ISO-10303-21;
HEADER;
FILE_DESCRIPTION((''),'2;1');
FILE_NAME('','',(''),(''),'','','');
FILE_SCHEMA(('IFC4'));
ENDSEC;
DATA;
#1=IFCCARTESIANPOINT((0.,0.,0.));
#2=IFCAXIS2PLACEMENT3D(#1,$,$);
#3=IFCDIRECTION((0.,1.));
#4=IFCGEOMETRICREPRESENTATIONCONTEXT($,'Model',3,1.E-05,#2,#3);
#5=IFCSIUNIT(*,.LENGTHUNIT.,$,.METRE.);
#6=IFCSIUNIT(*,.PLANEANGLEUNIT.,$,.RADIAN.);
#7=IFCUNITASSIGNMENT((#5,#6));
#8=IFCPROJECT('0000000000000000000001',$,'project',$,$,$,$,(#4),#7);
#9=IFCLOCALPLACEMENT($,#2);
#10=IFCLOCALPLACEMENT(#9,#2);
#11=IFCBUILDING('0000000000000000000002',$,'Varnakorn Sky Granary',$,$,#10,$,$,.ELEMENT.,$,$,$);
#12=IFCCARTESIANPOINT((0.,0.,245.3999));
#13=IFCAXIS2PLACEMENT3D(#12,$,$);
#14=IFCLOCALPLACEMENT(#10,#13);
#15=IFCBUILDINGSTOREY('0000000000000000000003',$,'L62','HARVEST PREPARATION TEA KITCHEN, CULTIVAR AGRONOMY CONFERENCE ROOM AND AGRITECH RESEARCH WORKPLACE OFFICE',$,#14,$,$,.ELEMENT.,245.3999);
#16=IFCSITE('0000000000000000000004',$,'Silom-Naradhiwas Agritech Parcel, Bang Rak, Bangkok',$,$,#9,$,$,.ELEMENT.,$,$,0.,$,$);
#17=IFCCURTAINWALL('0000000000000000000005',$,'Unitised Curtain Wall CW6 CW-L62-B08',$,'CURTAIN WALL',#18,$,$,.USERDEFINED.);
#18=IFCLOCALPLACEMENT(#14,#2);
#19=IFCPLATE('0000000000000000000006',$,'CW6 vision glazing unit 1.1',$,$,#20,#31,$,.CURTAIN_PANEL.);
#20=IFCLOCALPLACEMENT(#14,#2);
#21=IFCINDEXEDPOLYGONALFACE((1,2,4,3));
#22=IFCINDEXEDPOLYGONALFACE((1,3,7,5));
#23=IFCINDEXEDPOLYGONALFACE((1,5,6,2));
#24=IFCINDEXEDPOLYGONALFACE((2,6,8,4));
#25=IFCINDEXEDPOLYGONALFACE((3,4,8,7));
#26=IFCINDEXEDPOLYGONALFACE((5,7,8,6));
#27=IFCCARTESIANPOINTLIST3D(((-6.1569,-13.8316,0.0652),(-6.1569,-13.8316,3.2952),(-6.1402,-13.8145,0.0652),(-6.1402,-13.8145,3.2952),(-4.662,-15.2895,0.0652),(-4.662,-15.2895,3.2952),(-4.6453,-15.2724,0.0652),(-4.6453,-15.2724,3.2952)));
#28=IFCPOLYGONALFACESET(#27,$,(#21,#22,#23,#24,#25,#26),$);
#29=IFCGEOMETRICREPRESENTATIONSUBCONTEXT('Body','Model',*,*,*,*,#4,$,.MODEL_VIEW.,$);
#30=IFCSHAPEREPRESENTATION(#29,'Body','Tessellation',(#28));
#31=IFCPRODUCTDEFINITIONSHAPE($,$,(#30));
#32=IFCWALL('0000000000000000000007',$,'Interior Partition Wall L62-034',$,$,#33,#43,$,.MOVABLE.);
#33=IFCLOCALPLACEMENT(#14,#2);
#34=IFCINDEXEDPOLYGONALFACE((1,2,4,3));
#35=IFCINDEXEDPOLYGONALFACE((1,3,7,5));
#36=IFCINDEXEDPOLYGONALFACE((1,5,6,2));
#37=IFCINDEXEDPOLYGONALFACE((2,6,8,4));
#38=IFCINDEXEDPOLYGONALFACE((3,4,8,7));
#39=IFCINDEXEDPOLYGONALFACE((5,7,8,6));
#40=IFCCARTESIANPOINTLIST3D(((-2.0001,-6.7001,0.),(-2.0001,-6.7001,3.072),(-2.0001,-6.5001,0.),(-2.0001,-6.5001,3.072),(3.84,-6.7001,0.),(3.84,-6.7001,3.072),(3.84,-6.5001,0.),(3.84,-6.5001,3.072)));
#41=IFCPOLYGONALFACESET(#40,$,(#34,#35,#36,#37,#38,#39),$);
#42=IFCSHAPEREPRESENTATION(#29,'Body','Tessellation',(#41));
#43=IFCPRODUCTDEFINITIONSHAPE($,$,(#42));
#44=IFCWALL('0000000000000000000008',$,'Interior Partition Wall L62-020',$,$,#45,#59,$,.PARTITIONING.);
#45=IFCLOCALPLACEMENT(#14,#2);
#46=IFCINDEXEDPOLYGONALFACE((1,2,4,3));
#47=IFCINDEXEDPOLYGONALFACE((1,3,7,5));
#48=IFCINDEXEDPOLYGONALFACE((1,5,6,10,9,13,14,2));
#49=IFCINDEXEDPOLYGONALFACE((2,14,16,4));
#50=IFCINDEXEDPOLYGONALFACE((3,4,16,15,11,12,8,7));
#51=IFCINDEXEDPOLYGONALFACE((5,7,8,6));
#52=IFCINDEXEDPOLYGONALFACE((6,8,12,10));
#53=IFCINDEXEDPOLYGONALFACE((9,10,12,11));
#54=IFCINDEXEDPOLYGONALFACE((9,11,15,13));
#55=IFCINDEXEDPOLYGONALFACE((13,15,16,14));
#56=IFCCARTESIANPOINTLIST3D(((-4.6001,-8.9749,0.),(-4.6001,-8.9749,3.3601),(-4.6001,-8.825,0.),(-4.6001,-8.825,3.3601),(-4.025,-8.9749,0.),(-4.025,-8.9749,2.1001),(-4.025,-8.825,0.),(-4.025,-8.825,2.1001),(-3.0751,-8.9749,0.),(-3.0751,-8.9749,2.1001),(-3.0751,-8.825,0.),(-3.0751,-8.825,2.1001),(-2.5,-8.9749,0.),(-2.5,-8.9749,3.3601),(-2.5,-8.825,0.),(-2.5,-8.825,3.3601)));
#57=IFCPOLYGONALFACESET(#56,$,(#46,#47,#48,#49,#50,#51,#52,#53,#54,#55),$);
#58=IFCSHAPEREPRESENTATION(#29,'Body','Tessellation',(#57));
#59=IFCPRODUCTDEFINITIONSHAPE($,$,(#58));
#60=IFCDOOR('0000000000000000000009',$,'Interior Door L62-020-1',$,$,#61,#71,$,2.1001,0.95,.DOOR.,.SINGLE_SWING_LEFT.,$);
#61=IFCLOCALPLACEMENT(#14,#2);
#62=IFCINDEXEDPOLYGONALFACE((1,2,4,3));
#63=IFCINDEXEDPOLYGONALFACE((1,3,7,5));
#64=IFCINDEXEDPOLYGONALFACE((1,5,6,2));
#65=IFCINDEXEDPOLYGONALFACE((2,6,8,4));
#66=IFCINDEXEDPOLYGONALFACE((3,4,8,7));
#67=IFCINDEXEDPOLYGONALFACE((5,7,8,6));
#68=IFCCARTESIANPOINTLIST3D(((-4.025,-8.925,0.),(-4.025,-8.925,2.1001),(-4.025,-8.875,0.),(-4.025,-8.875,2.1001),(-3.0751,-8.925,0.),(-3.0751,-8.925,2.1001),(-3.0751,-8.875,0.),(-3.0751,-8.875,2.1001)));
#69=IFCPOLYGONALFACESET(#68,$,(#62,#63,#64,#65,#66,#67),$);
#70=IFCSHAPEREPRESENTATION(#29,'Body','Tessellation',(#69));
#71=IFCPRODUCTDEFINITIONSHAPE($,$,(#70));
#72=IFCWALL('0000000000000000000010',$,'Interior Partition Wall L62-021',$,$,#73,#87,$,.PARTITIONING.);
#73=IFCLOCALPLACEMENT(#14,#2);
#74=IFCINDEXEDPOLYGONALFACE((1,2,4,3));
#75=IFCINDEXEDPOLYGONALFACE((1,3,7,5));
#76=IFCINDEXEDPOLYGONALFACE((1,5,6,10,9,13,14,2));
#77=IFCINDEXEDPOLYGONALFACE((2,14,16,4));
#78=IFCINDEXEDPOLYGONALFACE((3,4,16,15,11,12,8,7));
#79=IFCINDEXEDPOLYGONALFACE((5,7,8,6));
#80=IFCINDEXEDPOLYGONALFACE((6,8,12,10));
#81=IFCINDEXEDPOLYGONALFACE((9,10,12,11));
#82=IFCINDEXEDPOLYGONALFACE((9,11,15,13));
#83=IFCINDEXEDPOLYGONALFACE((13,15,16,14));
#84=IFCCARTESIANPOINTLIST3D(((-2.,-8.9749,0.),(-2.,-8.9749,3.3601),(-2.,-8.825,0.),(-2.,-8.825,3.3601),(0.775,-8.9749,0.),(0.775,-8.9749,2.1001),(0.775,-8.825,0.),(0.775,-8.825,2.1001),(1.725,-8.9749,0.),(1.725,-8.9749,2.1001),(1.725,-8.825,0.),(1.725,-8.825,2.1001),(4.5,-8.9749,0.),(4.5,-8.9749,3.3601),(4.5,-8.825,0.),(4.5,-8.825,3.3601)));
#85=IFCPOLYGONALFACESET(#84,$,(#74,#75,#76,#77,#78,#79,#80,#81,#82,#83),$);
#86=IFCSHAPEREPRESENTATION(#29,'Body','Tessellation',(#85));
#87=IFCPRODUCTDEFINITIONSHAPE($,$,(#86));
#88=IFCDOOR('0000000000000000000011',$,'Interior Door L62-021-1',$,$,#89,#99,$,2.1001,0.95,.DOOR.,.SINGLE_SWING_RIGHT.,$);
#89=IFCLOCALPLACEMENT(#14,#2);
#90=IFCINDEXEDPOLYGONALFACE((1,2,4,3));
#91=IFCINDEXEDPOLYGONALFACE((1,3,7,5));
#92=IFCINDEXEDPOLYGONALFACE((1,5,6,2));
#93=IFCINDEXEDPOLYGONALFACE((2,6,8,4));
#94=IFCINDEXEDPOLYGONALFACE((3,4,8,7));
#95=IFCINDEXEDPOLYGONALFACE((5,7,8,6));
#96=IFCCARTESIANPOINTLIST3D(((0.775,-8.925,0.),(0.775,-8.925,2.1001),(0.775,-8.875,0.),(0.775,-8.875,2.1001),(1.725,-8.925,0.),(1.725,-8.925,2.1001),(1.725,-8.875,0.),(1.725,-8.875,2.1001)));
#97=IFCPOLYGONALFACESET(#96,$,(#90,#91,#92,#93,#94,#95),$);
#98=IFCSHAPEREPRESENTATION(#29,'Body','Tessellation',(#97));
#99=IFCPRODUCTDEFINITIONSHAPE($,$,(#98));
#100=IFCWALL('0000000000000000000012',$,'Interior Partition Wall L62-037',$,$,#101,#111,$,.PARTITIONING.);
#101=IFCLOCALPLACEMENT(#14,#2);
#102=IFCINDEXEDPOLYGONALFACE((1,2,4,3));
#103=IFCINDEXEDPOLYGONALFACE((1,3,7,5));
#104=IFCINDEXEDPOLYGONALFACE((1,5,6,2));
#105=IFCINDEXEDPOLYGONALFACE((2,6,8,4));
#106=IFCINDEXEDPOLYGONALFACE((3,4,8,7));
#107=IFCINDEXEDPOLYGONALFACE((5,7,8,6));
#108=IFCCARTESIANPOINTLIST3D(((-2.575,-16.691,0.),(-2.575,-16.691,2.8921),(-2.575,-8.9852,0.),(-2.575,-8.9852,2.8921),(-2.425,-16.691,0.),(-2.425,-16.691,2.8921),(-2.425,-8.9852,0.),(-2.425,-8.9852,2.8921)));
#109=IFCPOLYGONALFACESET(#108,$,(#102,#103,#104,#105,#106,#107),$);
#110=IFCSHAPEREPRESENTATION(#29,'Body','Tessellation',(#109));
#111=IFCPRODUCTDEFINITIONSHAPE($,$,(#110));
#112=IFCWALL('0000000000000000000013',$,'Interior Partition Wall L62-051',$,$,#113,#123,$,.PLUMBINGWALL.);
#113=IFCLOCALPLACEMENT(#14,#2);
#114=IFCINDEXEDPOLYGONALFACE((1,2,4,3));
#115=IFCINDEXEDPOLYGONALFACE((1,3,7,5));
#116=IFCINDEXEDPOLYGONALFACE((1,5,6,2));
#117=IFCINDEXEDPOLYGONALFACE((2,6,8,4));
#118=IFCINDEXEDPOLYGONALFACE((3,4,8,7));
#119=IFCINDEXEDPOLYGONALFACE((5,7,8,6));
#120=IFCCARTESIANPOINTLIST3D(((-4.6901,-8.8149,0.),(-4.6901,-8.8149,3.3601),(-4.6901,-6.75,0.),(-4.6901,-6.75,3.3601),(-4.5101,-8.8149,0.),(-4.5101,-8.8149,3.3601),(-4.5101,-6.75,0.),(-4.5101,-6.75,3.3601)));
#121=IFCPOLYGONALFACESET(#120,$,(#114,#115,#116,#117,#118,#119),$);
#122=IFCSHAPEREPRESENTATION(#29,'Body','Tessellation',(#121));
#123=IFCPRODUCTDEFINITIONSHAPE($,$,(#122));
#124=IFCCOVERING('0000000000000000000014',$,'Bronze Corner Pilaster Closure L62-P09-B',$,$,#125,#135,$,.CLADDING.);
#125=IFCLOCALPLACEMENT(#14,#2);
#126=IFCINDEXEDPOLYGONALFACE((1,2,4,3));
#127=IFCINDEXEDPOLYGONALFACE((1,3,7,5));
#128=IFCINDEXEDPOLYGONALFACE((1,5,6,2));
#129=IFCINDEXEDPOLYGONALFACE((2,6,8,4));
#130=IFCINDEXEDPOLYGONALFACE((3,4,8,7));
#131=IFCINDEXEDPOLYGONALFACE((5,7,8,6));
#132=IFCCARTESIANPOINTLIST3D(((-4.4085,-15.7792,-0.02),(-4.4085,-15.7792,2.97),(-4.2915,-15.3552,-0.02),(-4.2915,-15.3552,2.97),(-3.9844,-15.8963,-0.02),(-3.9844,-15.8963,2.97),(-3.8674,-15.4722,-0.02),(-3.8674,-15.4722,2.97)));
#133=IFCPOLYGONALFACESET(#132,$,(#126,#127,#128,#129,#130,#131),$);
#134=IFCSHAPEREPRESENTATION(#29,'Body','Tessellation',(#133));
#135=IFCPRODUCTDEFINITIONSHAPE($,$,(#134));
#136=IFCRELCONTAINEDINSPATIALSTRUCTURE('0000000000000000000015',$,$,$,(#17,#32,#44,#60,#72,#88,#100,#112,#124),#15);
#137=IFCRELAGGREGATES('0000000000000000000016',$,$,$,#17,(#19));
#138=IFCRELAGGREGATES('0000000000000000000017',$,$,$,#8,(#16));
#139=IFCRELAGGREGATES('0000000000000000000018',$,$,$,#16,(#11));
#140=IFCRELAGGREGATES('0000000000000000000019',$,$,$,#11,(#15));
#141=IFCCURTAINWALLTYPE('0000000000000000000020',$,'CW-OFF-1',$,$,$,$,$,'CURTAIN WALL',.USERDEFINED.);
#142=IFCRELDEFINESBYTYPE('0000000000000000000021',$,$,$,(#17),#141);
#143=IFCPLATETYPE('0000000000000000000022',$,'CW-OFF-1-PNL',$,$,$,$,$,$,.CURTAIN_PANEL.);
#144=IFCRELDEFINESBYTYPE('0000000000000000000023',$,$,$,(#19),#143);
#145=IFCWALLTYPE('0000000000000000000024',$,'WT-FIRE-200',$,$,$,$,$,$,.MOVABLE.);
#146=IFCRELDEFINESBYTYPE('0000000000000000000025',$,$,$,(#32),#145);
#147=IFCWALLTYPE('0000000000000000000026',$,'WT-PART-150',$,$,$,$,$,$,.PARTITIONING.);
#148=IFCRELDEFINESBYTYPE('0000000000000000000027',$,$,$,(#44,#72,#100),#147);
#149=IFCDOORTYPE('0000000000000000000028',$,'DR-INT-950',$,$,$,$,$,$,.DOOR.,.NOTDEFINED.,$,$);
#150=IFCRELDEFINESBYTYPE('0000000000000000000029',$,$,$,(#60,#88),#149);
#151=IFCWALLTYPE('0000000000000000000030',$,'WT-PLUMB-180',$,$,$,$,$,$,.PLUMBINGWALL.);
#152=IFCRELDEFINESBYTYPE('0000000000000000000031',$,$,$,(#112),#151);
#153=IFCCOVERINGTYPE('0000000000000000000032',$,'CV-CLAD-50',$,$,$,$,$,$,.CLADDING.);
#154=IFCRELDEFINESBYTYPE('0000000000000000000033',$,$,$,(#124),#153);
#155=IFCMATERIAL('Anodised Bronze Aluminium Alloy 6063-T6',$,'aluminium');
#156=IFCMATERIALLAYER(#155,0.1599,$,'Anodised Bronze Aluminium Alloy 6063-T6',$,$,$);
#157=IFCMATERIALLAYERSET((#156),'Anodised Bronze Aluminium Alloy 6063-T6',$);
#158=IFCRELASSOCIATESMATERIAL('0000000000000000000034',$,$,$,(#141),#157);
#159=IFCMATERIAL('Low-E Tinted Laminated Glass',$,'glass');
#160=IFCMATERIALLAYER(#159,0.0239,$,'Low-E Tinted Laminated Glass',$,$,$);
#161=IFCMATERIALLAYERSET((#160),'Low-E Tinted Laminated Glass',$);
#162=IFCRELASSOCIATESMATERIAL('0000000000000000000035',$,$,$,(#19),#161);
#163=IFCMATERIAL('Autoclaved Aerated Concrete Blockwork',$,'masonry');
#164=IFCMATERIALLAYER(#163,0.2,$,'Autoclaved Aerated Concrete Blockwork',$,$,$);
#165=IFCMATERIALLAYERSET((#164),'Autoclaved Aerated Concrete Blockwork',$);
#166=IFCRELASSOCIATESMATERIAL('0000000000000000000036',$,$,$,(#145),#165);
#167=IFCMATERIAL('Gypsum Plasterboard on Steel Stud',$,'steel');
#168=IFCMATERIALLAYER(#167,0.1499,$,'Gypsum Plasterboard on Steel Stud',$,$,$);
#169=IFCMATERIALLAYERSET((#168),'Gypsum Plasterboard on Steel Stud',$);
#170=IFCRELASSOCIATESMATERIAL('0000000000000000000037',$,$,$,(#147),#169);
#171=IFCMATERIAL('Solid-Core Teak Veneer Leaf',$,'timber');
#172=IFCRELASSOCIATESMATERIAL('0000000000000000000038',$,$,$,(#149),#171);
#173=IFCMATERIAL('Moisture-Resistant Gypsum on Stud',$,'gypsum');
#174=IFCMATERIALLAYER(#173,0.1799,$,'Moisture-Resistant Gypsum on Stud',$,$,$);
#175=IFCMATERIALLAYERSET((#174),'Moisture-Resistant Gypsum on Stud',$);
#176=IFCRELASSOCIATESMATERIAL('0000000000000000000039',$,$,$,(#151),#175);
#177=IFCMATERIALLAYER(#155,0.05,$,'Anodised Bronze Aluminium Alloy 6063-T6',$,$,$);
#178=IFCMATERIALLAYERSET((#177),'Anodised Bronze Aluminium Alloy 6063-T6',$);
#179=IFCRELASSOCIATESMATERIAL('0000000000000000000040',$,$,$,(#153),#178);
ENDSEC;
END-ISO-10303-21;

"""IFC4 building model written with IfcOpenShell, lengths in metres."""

from ifc_helpers import new_model, si_unit, direction, frame, frame_2d, origin, origin_2d, place, context, subcontext, project, spatial, rectangle, extrude, source, transform, mapped, material, layer, layer_set, type_object, type_shapes, element, fill, aggregate, save


model = new_model("IFC4")

# Units and contexts
model_context = context("Model", 3, precision=1e-05, world=origin(), true_north=direction((0.0, 1.0)))
body_context = subcontext(model_context, "Body", "Model", "MODEL_VIEW")
ifc_project = project(units=[si_unit("LENGTHUNIT", "METRE"), si_unit("PLANEANGLEUNIT", "RADIAN")], contexts=[model_context])

# Site, building, storey
site_placement = place(None, origin())
site = spatial("IfcSite", under=ifc_project, at=site_placement, Name="Silom-Naradhiwas Agritech Parcel, Bang Rak, Bangkok", CompositionType="ELEMENT", RefElevation=0.0)
building_placement = place(site_placement, origin())
building = spatial("IfcBuilding", under=site, at=building_placement, Name="Varnakorn Sky Granary", CompositionType="ELEMENT")
storey_placement = place(building_placement, frame((0.0, 0.0, 245.3999)))
storey = spatial("IfcBuildingStorey", under=building, at=storey_placement, Name="L62", Description="HARVEST PREPARATION TEA KITCHEN, CULTIVAR AGRONOMY CONFERENCE ROOM AND AGRITECH RESEARCH WORKPLACE OFFICE", CompositionType="ELEMENT", Elevation=245.3999)

# Curtain wall
ifc_material_1 = material(Name="Anodised Bronze Aluminium Alloy 6063-T6", Category="aluminium")
ifc_layer_1 = layer(ifc_material_1, 0.1599, Name="Anodised Bronze Aluminium Alloy 6063-T6")
ifc_layer_set_1 = layer_set([ifc_layer_1], Name="Anodised Bronze Aluminium Alloy 6063-T6")
curtain_wall_type = type_object("IfcCurtainWallType", Name="CW-OFF-1", ElementType="CURTAIN WALL", PredefinedType="USERDEFINED", material=ifc_layer_set_1)
curtain_wall_placement = place(storey_placement, origin())
curtain_wall = element("IfcCurtainWall", 1, at=curtain_wall_placement, inside=storey, type_object=curtain_wall_type, Name="Unitised Curtain Wall CW6 CW-L62-B08", ObjectType="CURTAIN WALL", PredefinedType="USERDEFINED")

# Plate
ifc_material_2 = material(Name="Low-E Tinted Laminated Glass", Category="glass")
ifc_layer_2 = layer(ifc_material_2, 0.0239, Name="Low-E Tinted Laminated Glass")
ifc_layer_set_2 = layer_set([ifc_layer_2], Name="Low-E Tinted Laminated Glass")
plate_type = type_object("IfcPlateType", Name="CW-OFF-1-PNL", PredefinedType="CURTAIN_PANEL")
shared_shape_1 = source(origin(), body_context, "Body", "SweptSolid", [
    extrude(rectangle(XDim=2.0881, YDim=0.0239, at=origin_2d()), origin(), (0.0, 0.0, 1.0), 3.23),
])
type_shapes(plate_type, [shared_shape_1])
plate_placement = place(storey_placement, frame((-5.4011, -14.552, 0.0652), z_axis=(0.0, 0.0, 1.0), x_axis=(-0.715922, 0.698181, 0.0)))
plate = element("IfcPlate", 2, at=plate_placement, type_object=plate_type, material=ifc_layer_set_2, Name="CW6 vision glazing unit 1.1", PredefinedType="CURTAIN_PANEL", context=body_context, shape_type="MappedRepresentation", body=[
    mapped(shared_shape_1, transform((0.0, 0.0, 0.0), x_axis=(1.0, 0.0, 0.0), y_axis=(0.0, 1.0, 0.0), z_axis=(0.0, 0.0, 1.0), scale=1.0)),
])
aggregate(curtain_wall, [plate])

# Wall
ifc_material_3 = material(Name="Autoclaved Aerated Concrete Blockwork", Category="masonry")
ifc_layer_3 = layer(ifc_material_3, 0.2, Name="Autoclaved Aerated Concrete Blockwork")
ifc_layer_set_3 = layer_set([ifc_layer_3], Name="Autoclaved Aerated Concrete Blockwork")
wall_type_1 = type_object("IfcWallType", Name="WT-FIRE-200", PredefinedType="MOVABLE", material=ifc_layer_set_3)
wall_1_placement = place(storey_placement, frame((-2.0, -6.6001, 0.0), z_axis=(0.0, 0.0, 1.0), x_axis=(1.0, 0.0, 0.0)))
element("IfcWall", 3, at=wall_1_placement, inside=storey, type_object=wall_type_1, Name="Interior Partition Wall L62-034", PredefinedType="MOVABLE", context=body_context, shape_type="SweptSolid", body=[
    extrude(rectangle(XDim=5.8401, YDim=0.2, at=frame_2d((2.9199, 0.0))), origin(), (0.0, 0.0, 1.0), 3.072),
])

# Walls, openings, doors
ifc_material_4 = material(Name="Gypsum Plasterboard on Steel Stud", Category="steel")
ifc_layer_4 = layer(ifc_material_4, 0.1499, Name="Gypsum Plasterboard on Steel Stud")
ifc_layer_set_4 = layer_set([ifc_layer_4], Name="Gypsum Plasterboard on Steel Stud")
wall_type_2 = type_object("IfcWallType", Name="WT-PART-150", PredefinedType="PARTITIONING", material=ifc_layer_set_4)
wall_2_placement = place(storey_placement, frame((-4.6001, -8.8999, 0.0), z_axis=(0.0, 0.0, 1.0), x_axis=(1.0, 0.0, 0.0)))
wall_2 = element("IfcWall", 4, at=wall_2_placement, inside=storey, type_object=wall_type_2, Name="Interior Partition Wall L62-020", PredefinedType="PARTITIONING", context=body_context, shape_type="SweptSolid", body=[
    extrude(rectangle(XDim=2.1001, YDim=0.1499, at=frame_2d((1.05, 0.0))), origin(), (0.0, 0.0, 1.0), 3.3601),
])
opening_1_placement = place(wall_2_placement, frame((0.575, 0.0, 0.0)))
opening_1 = element("IfcOpeningElement", 5, at=opening_1_placement, cuts=wall_2, PredefinedType="OPENING", context=body_context, shape_type="SweptSolid", body=[
    extrude(rectangle(XDim=0.95, YDim=2.1001, at=frame_2d((0.4751, 1.05))), frame((0.0, 0.085, 0.0), z_axis=(0.0, -1.0, 0.0), x_axis=(1.0, 0.0, 0.0)), (0.0, 0.0, 1.0), 0.1699),
])
ifc_material_5 = material(Name="Solid-Core Teak Veneer Leaf", Category="timber")
door_type = type_object("IfcDoorType", Name="DR-INT-950", OperationType="NOTDEFINED", PredefinedType="DOOR", material=ifc_material_5)
door_1_placement = place(opening_1_placement, origin())
door_1 = element("IfcDoor", 6, at=door_1_placement, inside=storey, type_object=door_type, Name="Interior Door L62-020-1", OperationType="SINGLE_SWING_LEFT", OverallHeight=2.1001, OverallWidth=0.95, PredefinedType="DOOR", context=body_context, shape_type="SweptSolid", body=[
    extrude(rectangle(XDim=0.95, YDim=2.1001, at=frame_2d((0.4751, 1.05))), frame((0.0, 0.0249, 0.0), z_axis=(0.0, -1.0, 0.0), x_axis=(1.0, 0.0, 0.0)), (0.0, 0.0, 1.0), 0.05),
])
fill(opening_1, door_1)
wall_3_placement = place(storey_placement, frame((-2.0, -8.8999, 0.0), z_axis=(0.0, 0.0, 1.0), x_axis=(1.0, 0.0, 0.0)))
wall_3 = element("IfcWall", 7, at=wall_3_placement, inside=storey, type_object=wall_type_2, Name="Interior Partition Wall L62-021", PredefinedType="PARTITIONING", context=body_context, shape_type="SweptSolid", body=[
    extrude(rectangle(XDim=6.5, YDim=0.1499, at=frame_2d((3.25, 0.0))), origin(), (0.0, 0.0, 1.0), 3.3601),
])
opening_2_placement = place(wall_3_placement, frame((2.7749, 0.0, 0.0)))
opening_2 = element("IfcOpeningElement", 8, at=opening_2_placement, cuts=wall_3, PredefinedType="OPENING", context=body_context, shape_type="SweptSolid", body=[
    extrude(rectangle(XDim=0.95, YDim=2.1001, at=frame_2d((0.4751, 1.05))), frame((0.0, 0.085, 0.0), z_axis=(0.0, -1.0, 0.0), x_axis=(1.0, 0.0, 0.0)), (0.0, 0.0, 1.0), 0.1699),
])
door_2_placement = place(opening_2_placement, origin())
door_2 = element("IfcDoor", 9, at=door_2_placement, inside=storey, type_object=door_type, Name="Interior Door L62-021-1", OperationType="SINGLE_SWING_RIGHT", OverallHeight=2.1001, OverallWidth=0.95, PredefinedType="DOOR", context=body_context, shape_type="SweptSolid", body=[
    extrude(rectangle(XDim=0.95, YDim=2.1001, at=frame_2d((0.4751, 1.05))), frame((0.0, 0.0249, 0.0), z_axis=(0.0, -1.0, 0.0), x_axis=(1.0, 0.0, 0.0)), (0.0, 0.0, 1.0), 0.05),
])
fill(opening_2, door_2)

# Walls
wall_4_placement = place(storey_placement, frame((-2.5, -8.9851, 0.0), z_axis=(0.0, 0.0, 1.0), x_axis=(0.0, -1.0, 0.0)))
element("IfcWall", 10, at=wall_4_placement, inside=storey, type_object=wall_type_2, Name="Interior Partition Wall L62-037", PredefinedType="PARTITIONING", context=body_context, shape_type="SweptSolid", body=[
    extrude(rectangle(XDim=7.7058, YDim=0.1499, at=frame_2d((3.853, 0.0))), origin(), (0.0, 0.0, 1.0), 2.8921),
])
ifc_material_6 = material(Name="Moisture-Resistant Gypsum on Stud", Category="gypsum")
ifc_layer_5 = layer(ifc_material_6, 0.1799, Name="Moisture-Resistant Gypsum on Stud")
ifc_layer_set_5 = layer_set([ifc_layer_5], Name="Moisture-Resistant Gypsum on Stud")
wall_type_3 = type_object("IfcWallType", Name="WT-PLUMB-180", PredefinedType="PLUMBINGWALL", material=ifc_layer_set_5)
wall_5_placement = place(storey_placement, frame((-4.6001, -6.75, 0.0), z_axis=(0.0, 0.0, 1.0), x_axis=(0.0, -1.0, 0.0)))
element("IfcWall", 11, at=wall_5_placement, inside=storey, type_object=wall_type_3, Name="Interior Partition Wall L62-051", PredefinedType="PLUMBINGWALL", context=body_context, shape_type="SweptSolid", body=[
    extrude(rectangle(XDim=2.0649, YDim=0.1799, at=frame_2d((1.0325, 0.0))), origin(), (0.0, 0.0, 1.0), 3.3601),
])

# Covering
ifc_layer_6 = layer(ifc_material_1, 0.05, Name="Anodised Bronze Aluminium Alloy 6063-T6")
ifc_layer_set_6 = layer_set([ifc_layer_6], Name="Anodised Bronze Aluminium Alloy 6063-T6")
covering_type = type_object("IfcCoveringType", Name="CV-CLAD-50", PredefinedType="CLADDING", material=ifc_layer_set_6)
shared_shape_2 = source(origin(), body_context, "Body", "SweptSolid", [
    extrude(rectangle(XDim=0.4399, YDim=0.4399, at=origin_2d()), origin(), (0.0, 0.0, 1.0), 2.99),
])
type_shapes(covering_type, [shared_shape_2])
covering_placement = place(storey_placement, frame((-4.1379, -15.6257, -0.02), z_axis=(0.0, 0.0, 1.0), x_axis=(-0.963956, 0.266061, 0.0)))
element("IfcCovering", 12, at=covering_placement, inside=storey, type_object=covering_type, Name="Bronze Corner Pilaster Closure L62-P09-B", PredefinedType="CLADDING", context=body_context, shape_type="MappedRepresentation", body=[
    mapped(shared_shape_2, transform((0.0, 0.0, 0.0), x_axis=(1.0, 0.0, 0.0), y_axis=(0.0, 1.0, 0.0), z_axis=(0.0, 0.0, 1.0), scale=1.0)),
])

save(model, "model.ifc")
